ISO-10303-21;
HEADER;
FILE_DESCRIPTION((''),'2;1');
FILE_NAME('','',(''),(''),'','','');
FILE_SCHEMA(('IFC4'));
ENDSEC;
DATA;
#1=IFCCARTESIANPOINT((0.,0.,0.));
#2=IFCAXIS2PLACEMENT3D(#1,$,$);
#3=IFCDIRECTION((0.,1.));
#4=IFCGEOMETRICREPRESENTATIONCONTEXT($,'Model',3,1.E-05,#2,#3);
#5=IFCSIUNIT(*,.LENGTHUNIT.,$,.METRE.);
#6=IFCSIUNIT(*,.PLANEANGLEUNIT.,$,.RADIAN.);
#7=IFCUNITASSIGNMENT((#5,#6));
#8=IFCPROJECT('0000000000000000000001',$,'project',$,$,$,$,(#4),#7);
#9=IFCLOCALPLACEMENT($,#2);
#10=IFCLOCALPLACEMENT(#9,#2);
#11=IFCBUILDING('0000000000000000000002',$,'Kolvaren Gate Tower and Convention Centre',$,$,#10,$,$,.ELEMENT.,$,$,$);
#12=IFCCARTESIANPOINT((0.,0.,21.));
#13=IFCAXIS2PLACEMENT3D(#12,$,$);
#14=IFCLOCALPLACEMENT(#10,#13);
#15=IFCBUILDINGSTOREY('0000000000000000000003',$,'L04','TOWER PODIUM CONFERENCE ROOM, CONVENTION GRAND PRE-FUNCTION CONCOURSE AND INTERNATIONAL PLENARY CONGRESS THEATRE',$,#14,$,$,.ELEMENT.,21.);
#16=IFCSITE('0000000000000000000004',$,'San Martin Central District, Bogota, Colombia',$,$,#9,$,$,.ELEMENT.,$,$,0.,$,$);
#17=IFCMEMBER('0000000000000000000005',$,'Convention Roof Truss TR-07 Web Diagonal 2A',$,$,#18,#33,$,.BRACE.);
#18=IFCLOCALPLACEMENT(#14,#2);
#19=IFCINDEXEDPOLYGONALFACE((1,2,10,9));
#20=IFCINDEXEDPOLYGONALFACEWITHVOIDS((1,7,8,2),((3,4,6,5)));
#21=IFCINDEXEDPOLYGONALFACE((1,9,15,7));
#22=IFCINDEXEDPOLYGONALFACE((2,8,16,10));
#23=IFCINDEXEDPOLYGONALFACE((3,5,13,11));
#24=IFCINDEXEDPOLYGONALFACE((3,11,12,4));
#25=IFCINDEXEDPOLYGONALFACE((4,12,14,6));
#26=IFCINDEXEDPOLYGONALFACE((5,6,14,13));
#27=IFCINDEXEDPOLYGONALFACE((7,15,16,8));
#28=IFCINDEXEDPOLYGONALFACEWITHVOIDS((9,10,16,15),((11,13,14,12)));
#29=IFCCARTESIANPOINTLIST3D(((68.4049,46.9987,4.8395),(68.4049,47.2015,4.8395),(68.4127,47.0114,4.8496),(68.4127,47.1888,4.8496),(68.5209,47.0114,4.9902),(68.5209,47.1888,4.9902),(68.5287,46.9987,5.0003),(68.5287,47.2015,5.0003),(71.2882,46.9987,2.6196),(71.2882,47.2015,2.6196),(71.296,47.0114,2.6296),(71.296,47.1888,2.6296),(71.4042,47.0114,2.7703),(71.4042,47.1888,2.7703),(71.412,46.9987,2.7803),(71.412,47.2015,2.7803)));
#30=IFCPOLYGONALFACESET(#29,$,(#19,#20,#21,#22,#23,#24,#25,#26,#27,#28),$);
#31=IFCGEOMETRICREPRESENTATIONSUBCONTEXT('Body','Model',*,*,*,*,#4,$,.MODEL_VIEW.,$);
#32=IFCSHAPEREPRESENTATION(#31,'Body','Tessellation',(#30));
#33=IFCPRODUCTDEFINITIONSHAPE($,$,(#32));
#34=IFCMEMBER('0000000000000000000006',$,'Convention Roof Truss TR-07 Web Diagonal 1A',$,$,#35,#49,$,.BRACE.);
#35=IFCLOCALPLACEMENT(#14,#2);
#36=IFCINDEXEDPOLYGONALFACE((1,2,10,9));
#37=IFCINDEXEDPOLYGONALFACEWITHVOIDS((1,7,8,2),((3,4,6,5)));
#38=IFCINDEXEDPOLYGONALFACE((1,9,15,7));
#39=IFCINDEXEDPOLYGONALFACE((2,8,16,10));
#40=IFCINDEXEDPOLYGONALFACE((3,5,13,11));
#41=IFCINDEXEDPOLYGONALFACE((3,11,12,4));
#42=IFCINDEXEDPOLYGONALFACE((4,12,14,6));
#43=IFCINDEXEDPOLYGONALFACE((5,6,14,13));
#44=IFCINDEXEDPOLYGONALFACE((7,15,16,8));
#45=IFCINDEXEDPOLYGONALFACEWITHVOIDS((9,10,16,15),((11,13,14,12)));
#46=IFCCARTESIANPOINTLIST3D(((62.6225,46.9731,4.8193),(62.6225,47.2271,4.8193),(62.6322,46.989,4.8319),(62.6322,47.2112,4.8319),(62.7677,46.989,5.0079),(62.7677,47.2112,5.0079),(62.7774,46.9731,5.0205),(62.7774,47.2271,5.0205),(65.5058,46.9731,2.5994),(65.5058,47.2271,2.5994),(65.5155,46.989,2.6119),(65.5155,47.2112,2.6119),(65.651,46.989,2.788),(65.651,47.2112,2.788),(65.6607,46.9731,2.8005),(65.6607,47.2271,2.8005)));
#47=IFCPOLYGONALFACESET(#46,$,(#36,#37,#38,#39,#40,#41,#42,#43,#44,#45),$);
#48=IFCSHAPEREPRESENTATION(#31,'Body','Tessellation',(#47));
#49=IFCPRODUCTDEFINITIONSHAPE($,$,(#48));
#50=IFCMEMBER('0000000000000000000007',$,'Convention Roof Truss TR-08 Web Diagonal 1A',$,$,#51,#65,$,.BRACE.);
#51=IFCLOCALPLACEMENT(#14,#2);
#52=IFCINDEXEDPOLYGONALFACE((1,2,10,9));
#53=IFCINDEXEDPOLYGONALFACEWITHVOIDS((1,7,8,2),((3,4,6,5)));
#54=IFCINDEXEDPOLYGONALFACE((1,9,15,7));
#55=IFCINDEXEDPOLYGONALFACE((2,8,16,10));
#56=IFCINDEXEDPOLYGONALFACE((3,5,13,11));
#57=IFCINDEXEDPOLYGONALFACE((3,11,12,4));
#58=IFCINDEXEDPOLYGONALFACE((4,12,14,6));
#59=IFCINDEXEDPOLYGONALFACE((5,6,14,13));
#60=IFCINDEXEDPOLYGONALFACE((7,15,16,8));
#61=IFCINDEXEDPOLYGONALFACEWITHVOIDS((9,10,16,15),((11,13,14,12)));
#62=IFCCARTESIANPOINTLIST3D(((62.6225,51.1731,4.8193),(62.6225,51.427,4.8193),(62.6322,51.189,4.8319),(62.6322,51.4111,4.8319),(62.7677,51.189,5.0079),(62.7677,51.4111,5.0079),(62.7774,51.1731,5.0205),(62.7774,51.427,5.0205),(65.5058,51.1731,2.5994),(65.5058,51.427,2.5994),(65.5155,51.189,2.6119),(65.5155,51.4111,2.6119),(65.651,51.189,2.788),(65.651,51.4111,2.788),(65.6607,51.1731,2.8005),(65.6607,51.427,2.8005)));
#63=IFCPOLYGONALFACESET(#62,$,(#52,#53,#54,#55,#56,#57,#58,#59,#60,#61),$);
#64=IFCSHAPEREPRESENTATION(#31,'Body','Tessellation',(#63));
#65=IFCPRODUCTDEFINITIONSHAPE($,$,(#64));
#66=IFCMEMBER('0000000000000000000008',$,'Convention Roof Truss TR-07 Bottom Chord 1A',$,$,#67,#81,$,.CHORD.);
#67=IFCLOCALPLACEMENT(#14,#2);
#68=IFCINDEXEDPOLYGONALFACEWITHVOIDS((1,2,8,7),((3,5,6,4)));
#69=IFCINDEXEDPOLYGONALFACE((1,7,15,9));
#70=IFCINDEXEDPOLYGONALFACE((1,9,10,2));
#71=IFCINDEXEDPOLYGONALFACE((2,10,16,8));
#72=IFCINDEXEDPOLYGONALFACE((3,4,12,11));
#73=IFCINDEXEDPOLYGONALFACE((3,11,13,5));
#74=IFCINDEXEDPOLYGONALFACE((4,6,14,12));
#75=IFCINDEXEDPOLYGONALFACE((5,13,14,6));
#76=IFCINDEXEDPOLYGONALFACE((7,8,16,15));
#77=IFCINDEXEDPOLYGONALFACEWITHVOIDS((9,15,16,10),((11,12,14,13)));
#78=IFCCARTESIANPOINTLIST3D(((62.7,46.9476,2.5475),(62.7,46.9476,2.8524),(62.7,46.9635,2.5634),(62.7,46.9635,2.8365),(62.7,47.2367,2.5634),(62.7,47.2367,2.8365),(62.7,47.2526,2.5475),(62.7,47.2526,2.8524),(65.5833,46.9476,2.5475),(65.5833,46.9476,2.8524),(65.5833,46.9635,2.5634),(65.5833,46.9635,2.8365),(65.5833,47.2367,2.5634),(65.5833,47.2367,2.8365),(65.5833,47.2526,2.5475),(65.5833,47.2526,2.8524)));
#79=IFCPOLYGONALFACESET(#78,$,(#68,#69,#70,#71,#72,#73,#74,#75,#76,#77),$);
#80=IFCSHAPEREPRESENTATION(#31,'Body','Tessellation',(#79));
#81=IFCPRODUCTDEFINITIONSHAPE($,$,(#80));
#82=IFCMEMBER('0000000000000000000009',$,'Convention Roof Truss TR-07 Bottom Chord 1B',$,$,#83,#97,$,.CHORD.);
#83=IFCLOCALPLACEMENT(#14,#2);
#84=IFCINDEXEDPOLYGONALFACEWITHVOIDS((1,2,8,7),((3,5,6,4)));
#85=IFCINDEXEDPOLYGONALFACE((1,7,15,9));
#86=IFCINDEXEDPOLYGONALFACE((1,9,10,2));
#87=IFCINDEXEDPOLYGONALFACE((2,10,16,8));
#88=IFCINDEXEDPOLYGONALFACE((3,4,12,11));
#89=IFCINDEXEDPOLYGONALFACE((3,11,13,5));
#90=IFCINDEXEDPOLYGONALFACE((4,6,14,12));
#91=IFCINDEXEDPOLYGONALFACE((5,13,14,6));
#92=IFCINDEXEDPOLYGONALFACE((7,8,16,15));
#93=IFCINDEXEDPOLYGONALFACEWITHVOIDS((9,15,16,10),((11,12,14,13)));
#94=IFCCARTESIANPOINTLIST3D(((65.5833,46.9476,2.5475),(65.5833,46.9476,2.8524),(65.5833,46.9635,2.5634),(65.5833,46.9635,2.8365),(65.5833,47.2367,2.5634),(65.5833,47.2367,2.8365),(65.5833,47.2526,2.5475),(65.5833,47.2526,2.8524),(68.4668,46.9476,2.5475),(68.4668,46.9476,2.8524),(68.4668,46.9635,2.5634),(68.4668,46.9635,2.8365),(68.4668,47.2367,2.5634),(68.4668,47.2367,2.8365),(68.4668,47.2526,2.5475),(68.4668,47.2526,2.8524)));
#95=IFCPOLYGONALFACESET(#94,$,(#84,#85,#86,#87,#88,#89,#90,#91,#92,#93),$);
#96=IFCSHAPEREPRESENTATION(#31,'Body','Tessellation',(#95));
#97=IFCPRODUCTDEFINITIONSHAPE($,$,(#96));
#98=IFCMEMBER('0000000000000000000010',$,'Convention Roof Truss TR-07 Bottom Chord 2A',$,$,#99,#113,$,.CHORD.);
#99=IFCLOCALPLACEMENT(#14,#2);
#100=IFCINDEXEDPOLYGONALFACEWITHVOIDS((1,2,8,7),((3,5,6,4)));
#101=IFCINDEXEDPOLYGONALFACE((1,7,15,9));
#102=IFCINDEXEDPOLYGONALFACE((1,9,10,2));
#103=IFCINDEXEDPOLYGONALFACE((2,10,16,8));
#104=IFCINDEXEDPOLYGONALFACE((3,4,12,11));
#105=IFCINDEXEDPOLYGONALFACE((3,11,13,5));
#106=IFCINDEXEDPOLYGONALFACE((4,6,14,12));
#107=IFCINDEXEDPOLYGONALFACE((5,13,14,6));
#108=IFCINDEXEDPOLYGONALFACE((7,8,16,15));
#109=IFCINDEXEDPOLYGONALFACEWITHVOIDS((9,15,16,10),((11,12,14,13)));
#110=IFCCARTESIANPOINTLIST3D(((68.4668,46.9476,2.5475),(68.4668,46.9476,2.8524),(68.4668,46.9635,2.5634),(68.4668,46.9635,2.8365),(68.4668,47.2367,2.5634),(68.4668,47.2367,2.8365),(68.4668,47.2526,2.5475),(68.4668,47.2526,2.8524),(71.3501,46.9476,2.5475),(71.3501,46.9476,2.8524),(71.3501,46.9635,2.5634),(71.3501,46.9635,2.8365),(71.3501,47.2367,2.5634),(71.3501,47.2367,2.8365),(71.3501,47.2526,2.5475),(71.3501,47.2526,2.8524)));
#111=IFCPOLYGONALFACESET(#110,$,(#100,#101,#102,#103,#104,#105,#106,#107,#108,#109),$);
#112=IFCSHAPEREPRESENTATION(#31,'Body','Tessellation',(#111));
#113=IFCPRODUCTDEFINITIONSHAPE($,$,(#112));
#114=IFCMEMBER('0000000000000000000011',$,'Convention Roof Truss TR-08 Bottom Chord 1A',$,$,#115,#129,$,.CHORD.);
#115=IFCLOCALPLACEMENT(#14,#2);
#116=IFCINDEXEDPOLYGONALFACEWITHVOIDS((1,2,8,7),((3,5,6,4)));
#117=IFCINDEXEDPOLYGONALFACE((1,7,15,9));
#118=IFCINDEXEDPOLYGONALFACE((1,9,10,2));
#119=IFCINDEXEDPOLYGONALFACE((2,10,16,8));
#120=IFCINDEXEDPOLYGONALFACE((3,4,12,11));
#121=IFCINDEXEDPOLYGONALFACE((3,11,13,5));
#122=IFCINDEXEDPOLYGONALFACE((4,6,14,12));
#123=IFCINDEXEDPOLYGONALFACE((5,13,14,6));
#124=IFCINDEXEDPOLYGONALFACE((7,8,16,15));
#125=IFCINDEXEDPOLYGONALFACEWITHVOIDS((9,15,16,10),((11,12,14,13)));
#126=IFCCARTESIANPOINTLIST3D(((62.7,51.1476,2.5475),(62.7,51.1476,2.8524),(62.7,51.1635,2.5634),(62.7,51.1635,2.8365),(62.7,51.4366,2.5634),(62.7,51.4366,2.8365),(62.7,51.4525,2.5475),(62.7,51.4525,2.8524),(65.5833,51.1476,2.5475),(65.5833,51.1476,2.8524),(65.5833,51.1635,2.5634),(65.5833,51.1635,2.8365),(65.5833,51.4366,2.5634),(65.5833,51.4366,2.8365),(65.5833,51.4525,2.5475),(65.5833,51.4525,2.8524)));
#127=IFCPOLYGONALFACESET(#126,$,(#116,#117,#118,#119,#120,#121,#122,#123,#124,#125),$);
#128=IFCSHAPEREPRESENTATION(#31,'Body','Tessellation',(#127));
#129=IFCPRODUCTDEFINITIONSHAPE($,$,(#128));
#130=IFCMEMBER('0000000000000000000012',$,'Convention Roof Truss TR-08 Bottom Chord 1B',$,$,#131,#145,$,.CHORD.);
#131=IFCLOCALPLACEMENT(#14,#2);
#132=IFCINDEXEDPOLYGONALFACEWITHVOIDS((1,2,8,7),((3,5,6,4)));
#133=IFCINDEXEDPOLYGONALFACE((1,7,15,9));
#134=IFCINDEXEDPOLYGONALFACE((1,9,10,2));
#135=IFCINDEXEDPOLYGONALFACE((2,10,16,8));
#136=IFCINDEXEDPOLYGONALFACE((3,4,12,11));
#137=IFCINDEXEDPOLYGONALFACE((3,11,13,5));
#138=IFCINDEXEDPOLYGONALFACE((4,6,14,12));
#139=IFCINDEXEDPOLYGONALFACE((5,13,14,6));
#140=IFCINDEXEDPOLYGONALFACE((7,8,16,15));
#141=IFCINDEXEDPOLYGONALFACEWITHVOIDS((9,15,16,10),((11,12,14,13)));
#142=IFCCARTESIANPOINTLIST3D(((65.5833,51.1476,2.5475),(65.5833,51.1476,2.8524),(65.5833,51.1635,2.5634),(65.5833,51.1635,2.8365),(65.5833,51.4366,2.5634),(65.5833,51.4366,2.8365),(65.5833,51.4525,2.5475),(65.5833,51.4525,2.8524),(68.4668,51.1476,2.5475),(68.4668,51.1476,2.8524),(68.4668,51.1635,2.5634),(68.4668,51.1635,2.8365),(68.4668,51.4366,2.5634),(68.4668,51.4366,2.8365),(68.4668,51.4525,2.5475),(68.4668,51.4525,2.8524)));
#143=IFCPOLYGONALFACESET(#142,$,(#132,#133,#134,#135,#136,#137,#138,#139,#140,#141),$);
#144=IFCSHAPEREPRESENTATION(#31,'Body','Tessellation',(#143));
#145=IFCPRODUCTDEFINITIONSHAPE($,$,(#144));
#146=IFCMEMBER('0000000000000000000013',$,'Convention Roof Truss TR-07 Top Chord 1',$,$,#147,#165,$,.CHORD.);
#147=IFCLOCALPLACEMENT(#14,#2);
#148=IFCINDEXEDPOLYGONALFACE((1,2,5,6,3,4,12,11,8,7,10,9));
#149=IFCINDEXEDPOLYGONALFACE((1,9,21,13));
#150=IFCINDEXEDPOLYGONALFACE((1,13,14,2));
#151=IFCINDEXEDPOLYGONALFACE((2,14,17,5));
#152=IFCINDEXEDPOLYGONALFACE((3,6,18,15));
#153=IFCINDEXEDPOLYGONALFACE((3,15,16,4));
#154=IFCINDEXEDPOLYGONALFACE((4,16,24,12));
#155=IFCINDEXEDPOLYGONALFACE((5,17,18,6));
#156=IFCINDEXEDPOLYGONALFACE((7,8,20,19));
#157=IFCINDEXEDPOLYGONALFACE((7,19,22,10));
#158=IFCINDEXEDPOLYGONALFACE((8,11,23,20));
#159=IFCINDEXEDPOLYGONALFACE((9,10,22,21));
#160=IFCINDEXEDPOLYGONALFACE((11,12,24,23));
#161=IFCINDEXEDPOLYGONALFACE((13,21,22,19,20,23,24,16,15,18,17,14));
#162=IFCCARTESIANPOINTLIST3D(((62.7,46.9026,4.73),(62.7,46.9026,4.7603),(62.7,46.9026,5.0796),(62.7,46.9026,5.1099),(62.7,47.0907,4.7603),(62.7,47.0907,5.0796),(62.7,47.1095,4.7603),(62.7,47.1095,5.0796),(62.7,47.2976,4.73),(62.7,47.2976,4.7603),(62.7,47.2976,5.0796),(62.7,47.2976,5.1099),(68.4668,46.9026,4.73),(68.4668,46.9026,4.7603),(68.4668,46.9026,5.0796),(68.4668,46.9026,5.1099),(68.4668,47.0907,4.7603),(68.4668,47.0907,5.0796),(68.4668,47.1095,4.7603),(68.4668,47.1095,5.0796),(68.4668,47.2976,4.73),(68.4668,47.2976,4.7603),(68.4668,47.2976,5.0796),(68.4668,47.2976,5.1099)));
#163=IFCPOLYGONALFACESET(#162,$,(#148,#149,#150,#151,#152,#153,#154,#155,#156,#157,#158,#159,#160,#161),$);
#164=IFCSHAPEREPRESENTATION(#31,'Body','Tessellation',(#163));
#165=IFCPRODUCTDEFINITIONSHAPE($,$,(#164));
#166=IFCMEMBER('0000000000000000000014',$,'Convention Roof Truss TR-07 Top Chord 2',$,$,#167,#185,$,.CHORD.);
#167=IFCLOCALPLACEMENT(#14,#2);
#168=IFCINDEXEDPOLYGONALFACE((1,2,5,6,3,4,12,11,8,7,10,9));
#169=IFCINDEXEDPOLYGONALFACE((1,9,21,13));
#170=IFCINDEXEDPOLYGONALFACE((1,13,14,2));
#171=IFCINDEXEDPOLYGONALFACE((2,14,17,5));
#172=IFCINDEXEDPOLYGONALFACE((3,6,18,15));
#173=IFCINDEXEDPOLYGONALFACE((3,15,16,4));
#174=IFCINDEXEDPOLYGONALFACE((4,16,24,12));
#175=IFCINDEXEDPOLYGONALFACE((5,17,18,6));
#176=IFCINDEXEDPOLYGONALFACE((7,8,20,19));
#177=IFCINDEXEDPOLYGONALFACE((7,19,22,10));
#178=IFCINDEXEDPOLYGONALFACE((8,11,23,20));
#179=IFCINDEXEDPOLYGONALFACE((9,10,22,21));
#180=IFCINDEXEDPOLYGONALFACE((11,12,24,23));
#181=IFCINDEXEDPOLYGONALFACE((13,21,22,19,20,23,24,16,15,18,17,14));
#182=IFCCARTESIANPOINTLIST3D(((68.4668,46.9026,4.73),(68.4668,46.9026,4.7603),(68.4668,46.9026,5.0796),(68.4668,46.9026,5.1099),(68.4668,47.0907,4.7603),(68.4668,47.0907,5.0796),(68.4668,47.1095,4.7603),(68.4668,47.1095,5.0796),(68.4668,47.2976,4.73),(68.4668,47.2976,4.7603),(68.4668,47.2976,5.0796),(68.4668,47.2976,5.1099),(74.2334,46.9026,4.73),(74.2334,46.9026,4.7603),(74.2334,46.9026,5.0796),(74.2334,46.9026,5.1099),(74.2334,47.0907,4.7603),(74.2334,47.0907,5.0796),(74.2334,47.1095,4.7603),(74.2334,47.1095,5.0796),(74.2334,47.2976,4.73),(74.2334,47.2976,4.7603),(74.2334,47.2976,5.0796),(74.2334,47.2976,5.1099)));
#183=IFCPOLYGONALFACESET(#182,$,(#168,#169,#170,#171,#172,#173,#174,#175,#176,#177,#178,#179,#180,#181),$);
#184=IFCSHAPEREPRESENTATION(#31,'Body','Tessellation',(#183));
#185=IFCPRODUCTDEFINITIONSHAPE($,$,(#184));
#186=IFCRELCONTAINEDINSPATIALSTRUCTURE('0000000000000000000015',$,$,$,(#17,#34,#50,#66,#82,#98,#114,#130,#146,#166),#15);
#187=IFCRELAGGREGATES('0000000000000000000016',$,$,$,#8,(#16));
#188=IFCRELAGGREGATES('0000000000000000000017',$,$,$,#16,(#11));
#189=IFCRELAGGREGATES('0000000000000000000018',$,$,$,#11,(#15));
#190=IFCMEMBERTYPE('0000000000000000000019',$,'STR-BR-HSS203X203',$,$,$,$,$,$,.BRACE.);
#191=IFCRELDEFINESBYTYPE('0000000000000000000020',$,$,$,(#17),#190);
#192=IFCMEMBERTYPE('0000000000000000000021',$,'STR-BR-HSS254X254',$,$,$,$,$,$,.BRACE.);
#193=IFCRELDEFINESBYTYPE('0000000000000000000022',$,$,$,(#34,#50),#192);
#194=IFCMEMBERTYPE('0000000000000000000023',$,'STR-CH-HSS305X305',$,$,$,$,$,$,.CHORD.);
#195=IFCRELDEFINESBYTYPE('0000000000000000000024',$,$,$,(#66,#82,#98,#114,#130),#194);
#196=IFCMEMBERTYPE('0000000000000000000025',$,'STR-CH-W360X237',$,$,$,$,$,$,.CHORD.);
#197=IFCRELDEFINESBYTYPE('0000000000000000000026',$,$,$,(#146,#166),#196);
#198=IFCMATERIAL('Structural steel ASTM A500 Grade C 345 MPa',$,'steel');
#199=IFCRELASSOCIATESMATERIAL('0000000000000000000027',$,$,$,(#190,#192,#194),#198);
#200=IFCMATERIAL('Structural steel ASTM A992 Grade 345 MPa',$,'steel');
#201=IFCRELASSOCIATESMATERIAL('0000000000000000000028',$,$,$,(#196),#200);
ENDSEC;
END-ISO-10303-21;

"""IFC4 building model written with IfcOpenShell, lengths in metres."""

from ifc_helpers import new_model, si_unit, direction, frame, origin, origin_2d, place, context, subcontext, project, spatial, hollow_rectangle, i_section, extrude, material, material_profile, profile_set, type_object, element, save


model = new_model("IFC4")

# Units and contexts
model_context = context("Model", 3, precision=1e-05, world=origin(), true_north=direction((0.0, 1.0)))
body_context = subcontext(model_context, "Body", "Model", "MODEL_VIEW")
ifc_project = project(units=[si_unit("LENGTHUNIT", "METRE"), si_unit("PLANEANGLEUNIT", "RADIAN")], contexts=[model_context])

# Site, building, storey
site_placement = place(None, origin())
site = spatial("IfcSite", under=ifc_project, at=site_placement, Name="San Martin Central District, Bogota, Colombia", CompositionType="ELEMENT", RefElevation=0.0)
building_placement = place(site_placement, origin())
building = spatial("IfcBuilding", under=site, at=building_placement, Name="Kolvaren Gate Tower and Convention Centre", CompositionType="ELEMENT")
storey_placement = place(building_placement, frame((0.0, 0.0, 21.0)))
storey = spatial("IfcBuildingStorey", under=building, at=storey_placement, Name="L04", Description="TOWER PODIUM CONFERENCE ROOM, CONVENTION GRAND PRE-FUNCTION CONCOURSE AND INTERNATIONAL PLENARY CONGRESS THEATRE", CompositionType="ELEMENT", Elevation=21.0)

# Members
ifc_material_1 = material(Name="Structural steel ASTM A500 Grade C 345 MPa", Category="steel")
ifc_material_profile_1 = material_profile(ifc_material_1, hollow_rectangle(XDim=0.2029, YDim=0.2029, WallThickness=0.0127, at=origin_2d()), Name="HSS203X203X12.7")
ifc_profile_set_1 = profile_set([ifc_material_profile_1], Name="Structural steel ASTM A500 Grade C 345 MPa")
member_type_1 = type_object("IfcMemberType", Name="STR-BR-HSS203X203", PredefinedType="BRACE", material=ifc_profile_set_1)
member_1_placement = place(storey_placement, frame((68.4668, 47.1001, 4.9199), z_axis=(0.792352, 0.0, -0.610064), x_axis=(0.0, 1.0, 0.0)))
element("IfcMember", 1, at=member_1_placement, inside=storey, type_object=member_type_1, Name="Convention Roof Truss TR-07 Web Diagonal 2A", PredefinedType="BRACE", context=body_context, shape_type="SweptSolid", body=[
    extrude(hollow_rectangle(XDim=0.2029, YDim=0.2029, WallThickness=0.0127, at=origin_2d()), origin(), (0.0, 0.0, 1.0), 3.6389),
])
ifc_material_profile_2 = material_profile(ifc_material_1, hollow_rectangle(XDim=0.2539, YDim=0.2539, WallThickness=0.0159, at=origin_2d()), Name="HSS254X254X15.9")
ifc_profile_set_2 = profile_set([ifc_material_profile_2], Name="Structural steel ASTM A500 Grade C 345 MPa")
member_type_2 = type_object("IfcMemberType", Name="STR-BR-HSS254X254", PredefinedType="BRACE", material=ifc_profile_set_2)
for number, where, z_axis, x_axis, name in (
    (2, (62.7, 47.1001, 4.9199), (0.792352, 0.0, -0.610064), (0.0, 1.0, 0.0), "Convention Roof Truss TR-07 Web Diagonal 1A"),
    (3, (62.7, 51.3, 4.9199), (0.792352, 0.0, -0.610064), (0.0, 1.0, 0.0), "Convention Roof Truss TR-08 Web Diagonal 1A"),
):
    element("IfcMember", number, at=place(storey_placement, frame(where, z_axis=z_axis, x_axis=x_axis)), inside=storey, type_object=member_type_2, Name=name, PredefinedType="BRACE", context=body_context, shape_type="SweptSolid", body=[
        extrude(hollow_rectangle(XDim=0.2539, YDim=0.2539, WallThickness=0.0159, at=origin_2d()), origin(), (0.0, 0.0, 1.0), 3.6389),
    ])
ifc_material_profile_3 = material_profile(ifc_material_1, hollow_rectangle(XDim=0.3049, YDim=0.3049, WallThickness=0.0159, at=origin_2d()), Name="HSS305X305X15.9")
ifc_profile_set_3 = profile_set([ifc_material_profile_3], Name="Structural steel ASTM A500 Grade C 345 MPa")
member_type_3 = type_object("IfcMemberType", Name="STR-CH-HSS305X305", PredefinedType="CHORD", material=ifc_profile_set_3)
member_2_placement = place(storey_placement, frame((62.7, 47.1001, 2.7), z_axis=(1.0, 0.0, 0.0), x_axis=(0.0, 1.0, 0.0)))
element("IfcMember", 4, at=member_2_placement, inside=storey, type_object=member_type_3, Name="Convention Roof Truss TR-07 Bottom Chord 1A", PredefinedType="CHORD", context=body_context, shape_type="SweptSolid", body=[
    extrude(hollow_rectangle(XDim=0.3049, YDim=0.3049, WallThickness=0.0159, at=origin_2d()), origin(), (0.0, 0.0, 1.0), 2.8833),
])
member_3_placement = place(storey_placement, frame((65.5833, 47.1001, 2.7), z_axis=(1.0, 0.0, 0.0), x_axis=(0.0, 1.0, 0.0)))
element("IfcMember", 5, at=member_3_placement, inside=storey, type_object=member_type_3, Name="Convention Roof Truss TR-07 Bottom Chord 1B", PredefinedType="CHORD", context=body_context, shape_type="SweptSolid", body=[
    extrude(hollow_rectangle(XDim=0.3049, YDim=0.3049, WallThickness=0.0159, at=origin_2d()), origin(), (0.0, 0.0, 1.0), 2.8835),
])
for number, where, z_axis, x_axis, name in (
    (6, (68.4668, 47.1001, 2.7), (1.0, 0.0, 0.0), (0.0, 1.0, 0.0), "Convention Roof Truss TR-07 Bottom Chord 2A"),
    (7, (62.7, 51.3, 2.7), (1.0, 0.0, 0.0), (0.0, 1.0, 0.0), "Convention Roof Truss TR-08 Bottom Chord 1A"),
):
    element("IfcMember", number, at=place(storey_placement, frame(where, z_axis=z_axis, x_axis=x_axis)), inside=storey, type_object=member_type_3, Name=name, PredefinedType="CHORD", context=body_context, shape_type="SweptSolid", body=[
        extrude(hollow_rectangle(XDim=0.3049, YDim=0.3049, WallThickness=0.0159, at=origin_2d()), origin(), (0.0, 0.0, 1.0), 2.8833),
    ])
member_4_placement = place(storey_placement, frame((65.5833, 51.3, 2.7), z_axis=(1.0, 0.0, 0.0), x_axis=(0.0, 1.0, 0.0)))
element("IfcMember", 8, at=member_4_placement, inside=storey, type_object=member_type_3, Name="Convention Roof Truss TR-08 Bottom Chord 1B", PredefinedType="CHORD", context=body_context, shape_type="SweptSolid", body=[
    extrude(hollow_rectangle(XDim=0.3049, YDim=0.3049, WallThickness=0.0159, at=origin_2d()), origin(), (0.0, 0.0, 1.0), 2.8835),
])
ifc_material_2 = material(Name="Structural steel ASTM A992 Grade 345 MPa", Category="steel")
ifc_material_profile_4 = material_profile(ifc_material_2, i_section(OverallWidth=0.395, OverallDepth=0.3799, WebThickness=0.0188, FlangeThickness=0.0303, at=origin_2d()), Name="W360X237")
ifc_profile_set_4 = profile_set([ifc_material_profile_4], Name="Structural steel ASTM A992 Grade 345 MPa")
member_type_4 = type_object("IfcMemberType", Name="STR-CH-W360X237", PredefinedType="CHORD", material=ifc_profile_set_4)
member_5_placement = place(storey_placement, frame((62.7, 47.1001, 4.9199), z_axis=(1.0, 0.0, 0.0), x_axis=(0.0, 1.0, 0.0)))
element("IfcMember", 9, at=member_5_placement, inside=storey, type_object=member_type_4, Name="Convention Roof Truss TR-07 Top Chord 1", PredefinedType="CHORD", context=body_context, shape_type="SweptSolid", body=[
    extrude(i_section(OverallWidth=0.395, OverallDepth=0.3799, WebThickness=0.0188, FlangeThickness=0.0303, at=origin_2d()), origin(), (0.0, 0.0, 1.0), 5.7668),
])
member_6_placement = place(storey_placement, frame((68.4668, 47.1001, 4.9199), z_axis=(1.0, 0.0, 0.0), x_axis=(0.0, 1.0, 0.0)))
element("IfcMember", 10, at=member_6_placement, inside=storey, type_object=member_type_4, Name="Convention Roof Truss TR-07 Top Chord 2", PredefinedType="CHORD", context=body_context, shape_type="SweptSolid", body=[
    extrude(i_section(OverallWidth=0.395, OverallDepth=0.3799, WebThickness=0.0188, FlangeThickness=0.0303, at=origin_2d()), origin(), (0.0, 0.0, 1.0), 5.7666),
])

save(model, "model.ifc")
